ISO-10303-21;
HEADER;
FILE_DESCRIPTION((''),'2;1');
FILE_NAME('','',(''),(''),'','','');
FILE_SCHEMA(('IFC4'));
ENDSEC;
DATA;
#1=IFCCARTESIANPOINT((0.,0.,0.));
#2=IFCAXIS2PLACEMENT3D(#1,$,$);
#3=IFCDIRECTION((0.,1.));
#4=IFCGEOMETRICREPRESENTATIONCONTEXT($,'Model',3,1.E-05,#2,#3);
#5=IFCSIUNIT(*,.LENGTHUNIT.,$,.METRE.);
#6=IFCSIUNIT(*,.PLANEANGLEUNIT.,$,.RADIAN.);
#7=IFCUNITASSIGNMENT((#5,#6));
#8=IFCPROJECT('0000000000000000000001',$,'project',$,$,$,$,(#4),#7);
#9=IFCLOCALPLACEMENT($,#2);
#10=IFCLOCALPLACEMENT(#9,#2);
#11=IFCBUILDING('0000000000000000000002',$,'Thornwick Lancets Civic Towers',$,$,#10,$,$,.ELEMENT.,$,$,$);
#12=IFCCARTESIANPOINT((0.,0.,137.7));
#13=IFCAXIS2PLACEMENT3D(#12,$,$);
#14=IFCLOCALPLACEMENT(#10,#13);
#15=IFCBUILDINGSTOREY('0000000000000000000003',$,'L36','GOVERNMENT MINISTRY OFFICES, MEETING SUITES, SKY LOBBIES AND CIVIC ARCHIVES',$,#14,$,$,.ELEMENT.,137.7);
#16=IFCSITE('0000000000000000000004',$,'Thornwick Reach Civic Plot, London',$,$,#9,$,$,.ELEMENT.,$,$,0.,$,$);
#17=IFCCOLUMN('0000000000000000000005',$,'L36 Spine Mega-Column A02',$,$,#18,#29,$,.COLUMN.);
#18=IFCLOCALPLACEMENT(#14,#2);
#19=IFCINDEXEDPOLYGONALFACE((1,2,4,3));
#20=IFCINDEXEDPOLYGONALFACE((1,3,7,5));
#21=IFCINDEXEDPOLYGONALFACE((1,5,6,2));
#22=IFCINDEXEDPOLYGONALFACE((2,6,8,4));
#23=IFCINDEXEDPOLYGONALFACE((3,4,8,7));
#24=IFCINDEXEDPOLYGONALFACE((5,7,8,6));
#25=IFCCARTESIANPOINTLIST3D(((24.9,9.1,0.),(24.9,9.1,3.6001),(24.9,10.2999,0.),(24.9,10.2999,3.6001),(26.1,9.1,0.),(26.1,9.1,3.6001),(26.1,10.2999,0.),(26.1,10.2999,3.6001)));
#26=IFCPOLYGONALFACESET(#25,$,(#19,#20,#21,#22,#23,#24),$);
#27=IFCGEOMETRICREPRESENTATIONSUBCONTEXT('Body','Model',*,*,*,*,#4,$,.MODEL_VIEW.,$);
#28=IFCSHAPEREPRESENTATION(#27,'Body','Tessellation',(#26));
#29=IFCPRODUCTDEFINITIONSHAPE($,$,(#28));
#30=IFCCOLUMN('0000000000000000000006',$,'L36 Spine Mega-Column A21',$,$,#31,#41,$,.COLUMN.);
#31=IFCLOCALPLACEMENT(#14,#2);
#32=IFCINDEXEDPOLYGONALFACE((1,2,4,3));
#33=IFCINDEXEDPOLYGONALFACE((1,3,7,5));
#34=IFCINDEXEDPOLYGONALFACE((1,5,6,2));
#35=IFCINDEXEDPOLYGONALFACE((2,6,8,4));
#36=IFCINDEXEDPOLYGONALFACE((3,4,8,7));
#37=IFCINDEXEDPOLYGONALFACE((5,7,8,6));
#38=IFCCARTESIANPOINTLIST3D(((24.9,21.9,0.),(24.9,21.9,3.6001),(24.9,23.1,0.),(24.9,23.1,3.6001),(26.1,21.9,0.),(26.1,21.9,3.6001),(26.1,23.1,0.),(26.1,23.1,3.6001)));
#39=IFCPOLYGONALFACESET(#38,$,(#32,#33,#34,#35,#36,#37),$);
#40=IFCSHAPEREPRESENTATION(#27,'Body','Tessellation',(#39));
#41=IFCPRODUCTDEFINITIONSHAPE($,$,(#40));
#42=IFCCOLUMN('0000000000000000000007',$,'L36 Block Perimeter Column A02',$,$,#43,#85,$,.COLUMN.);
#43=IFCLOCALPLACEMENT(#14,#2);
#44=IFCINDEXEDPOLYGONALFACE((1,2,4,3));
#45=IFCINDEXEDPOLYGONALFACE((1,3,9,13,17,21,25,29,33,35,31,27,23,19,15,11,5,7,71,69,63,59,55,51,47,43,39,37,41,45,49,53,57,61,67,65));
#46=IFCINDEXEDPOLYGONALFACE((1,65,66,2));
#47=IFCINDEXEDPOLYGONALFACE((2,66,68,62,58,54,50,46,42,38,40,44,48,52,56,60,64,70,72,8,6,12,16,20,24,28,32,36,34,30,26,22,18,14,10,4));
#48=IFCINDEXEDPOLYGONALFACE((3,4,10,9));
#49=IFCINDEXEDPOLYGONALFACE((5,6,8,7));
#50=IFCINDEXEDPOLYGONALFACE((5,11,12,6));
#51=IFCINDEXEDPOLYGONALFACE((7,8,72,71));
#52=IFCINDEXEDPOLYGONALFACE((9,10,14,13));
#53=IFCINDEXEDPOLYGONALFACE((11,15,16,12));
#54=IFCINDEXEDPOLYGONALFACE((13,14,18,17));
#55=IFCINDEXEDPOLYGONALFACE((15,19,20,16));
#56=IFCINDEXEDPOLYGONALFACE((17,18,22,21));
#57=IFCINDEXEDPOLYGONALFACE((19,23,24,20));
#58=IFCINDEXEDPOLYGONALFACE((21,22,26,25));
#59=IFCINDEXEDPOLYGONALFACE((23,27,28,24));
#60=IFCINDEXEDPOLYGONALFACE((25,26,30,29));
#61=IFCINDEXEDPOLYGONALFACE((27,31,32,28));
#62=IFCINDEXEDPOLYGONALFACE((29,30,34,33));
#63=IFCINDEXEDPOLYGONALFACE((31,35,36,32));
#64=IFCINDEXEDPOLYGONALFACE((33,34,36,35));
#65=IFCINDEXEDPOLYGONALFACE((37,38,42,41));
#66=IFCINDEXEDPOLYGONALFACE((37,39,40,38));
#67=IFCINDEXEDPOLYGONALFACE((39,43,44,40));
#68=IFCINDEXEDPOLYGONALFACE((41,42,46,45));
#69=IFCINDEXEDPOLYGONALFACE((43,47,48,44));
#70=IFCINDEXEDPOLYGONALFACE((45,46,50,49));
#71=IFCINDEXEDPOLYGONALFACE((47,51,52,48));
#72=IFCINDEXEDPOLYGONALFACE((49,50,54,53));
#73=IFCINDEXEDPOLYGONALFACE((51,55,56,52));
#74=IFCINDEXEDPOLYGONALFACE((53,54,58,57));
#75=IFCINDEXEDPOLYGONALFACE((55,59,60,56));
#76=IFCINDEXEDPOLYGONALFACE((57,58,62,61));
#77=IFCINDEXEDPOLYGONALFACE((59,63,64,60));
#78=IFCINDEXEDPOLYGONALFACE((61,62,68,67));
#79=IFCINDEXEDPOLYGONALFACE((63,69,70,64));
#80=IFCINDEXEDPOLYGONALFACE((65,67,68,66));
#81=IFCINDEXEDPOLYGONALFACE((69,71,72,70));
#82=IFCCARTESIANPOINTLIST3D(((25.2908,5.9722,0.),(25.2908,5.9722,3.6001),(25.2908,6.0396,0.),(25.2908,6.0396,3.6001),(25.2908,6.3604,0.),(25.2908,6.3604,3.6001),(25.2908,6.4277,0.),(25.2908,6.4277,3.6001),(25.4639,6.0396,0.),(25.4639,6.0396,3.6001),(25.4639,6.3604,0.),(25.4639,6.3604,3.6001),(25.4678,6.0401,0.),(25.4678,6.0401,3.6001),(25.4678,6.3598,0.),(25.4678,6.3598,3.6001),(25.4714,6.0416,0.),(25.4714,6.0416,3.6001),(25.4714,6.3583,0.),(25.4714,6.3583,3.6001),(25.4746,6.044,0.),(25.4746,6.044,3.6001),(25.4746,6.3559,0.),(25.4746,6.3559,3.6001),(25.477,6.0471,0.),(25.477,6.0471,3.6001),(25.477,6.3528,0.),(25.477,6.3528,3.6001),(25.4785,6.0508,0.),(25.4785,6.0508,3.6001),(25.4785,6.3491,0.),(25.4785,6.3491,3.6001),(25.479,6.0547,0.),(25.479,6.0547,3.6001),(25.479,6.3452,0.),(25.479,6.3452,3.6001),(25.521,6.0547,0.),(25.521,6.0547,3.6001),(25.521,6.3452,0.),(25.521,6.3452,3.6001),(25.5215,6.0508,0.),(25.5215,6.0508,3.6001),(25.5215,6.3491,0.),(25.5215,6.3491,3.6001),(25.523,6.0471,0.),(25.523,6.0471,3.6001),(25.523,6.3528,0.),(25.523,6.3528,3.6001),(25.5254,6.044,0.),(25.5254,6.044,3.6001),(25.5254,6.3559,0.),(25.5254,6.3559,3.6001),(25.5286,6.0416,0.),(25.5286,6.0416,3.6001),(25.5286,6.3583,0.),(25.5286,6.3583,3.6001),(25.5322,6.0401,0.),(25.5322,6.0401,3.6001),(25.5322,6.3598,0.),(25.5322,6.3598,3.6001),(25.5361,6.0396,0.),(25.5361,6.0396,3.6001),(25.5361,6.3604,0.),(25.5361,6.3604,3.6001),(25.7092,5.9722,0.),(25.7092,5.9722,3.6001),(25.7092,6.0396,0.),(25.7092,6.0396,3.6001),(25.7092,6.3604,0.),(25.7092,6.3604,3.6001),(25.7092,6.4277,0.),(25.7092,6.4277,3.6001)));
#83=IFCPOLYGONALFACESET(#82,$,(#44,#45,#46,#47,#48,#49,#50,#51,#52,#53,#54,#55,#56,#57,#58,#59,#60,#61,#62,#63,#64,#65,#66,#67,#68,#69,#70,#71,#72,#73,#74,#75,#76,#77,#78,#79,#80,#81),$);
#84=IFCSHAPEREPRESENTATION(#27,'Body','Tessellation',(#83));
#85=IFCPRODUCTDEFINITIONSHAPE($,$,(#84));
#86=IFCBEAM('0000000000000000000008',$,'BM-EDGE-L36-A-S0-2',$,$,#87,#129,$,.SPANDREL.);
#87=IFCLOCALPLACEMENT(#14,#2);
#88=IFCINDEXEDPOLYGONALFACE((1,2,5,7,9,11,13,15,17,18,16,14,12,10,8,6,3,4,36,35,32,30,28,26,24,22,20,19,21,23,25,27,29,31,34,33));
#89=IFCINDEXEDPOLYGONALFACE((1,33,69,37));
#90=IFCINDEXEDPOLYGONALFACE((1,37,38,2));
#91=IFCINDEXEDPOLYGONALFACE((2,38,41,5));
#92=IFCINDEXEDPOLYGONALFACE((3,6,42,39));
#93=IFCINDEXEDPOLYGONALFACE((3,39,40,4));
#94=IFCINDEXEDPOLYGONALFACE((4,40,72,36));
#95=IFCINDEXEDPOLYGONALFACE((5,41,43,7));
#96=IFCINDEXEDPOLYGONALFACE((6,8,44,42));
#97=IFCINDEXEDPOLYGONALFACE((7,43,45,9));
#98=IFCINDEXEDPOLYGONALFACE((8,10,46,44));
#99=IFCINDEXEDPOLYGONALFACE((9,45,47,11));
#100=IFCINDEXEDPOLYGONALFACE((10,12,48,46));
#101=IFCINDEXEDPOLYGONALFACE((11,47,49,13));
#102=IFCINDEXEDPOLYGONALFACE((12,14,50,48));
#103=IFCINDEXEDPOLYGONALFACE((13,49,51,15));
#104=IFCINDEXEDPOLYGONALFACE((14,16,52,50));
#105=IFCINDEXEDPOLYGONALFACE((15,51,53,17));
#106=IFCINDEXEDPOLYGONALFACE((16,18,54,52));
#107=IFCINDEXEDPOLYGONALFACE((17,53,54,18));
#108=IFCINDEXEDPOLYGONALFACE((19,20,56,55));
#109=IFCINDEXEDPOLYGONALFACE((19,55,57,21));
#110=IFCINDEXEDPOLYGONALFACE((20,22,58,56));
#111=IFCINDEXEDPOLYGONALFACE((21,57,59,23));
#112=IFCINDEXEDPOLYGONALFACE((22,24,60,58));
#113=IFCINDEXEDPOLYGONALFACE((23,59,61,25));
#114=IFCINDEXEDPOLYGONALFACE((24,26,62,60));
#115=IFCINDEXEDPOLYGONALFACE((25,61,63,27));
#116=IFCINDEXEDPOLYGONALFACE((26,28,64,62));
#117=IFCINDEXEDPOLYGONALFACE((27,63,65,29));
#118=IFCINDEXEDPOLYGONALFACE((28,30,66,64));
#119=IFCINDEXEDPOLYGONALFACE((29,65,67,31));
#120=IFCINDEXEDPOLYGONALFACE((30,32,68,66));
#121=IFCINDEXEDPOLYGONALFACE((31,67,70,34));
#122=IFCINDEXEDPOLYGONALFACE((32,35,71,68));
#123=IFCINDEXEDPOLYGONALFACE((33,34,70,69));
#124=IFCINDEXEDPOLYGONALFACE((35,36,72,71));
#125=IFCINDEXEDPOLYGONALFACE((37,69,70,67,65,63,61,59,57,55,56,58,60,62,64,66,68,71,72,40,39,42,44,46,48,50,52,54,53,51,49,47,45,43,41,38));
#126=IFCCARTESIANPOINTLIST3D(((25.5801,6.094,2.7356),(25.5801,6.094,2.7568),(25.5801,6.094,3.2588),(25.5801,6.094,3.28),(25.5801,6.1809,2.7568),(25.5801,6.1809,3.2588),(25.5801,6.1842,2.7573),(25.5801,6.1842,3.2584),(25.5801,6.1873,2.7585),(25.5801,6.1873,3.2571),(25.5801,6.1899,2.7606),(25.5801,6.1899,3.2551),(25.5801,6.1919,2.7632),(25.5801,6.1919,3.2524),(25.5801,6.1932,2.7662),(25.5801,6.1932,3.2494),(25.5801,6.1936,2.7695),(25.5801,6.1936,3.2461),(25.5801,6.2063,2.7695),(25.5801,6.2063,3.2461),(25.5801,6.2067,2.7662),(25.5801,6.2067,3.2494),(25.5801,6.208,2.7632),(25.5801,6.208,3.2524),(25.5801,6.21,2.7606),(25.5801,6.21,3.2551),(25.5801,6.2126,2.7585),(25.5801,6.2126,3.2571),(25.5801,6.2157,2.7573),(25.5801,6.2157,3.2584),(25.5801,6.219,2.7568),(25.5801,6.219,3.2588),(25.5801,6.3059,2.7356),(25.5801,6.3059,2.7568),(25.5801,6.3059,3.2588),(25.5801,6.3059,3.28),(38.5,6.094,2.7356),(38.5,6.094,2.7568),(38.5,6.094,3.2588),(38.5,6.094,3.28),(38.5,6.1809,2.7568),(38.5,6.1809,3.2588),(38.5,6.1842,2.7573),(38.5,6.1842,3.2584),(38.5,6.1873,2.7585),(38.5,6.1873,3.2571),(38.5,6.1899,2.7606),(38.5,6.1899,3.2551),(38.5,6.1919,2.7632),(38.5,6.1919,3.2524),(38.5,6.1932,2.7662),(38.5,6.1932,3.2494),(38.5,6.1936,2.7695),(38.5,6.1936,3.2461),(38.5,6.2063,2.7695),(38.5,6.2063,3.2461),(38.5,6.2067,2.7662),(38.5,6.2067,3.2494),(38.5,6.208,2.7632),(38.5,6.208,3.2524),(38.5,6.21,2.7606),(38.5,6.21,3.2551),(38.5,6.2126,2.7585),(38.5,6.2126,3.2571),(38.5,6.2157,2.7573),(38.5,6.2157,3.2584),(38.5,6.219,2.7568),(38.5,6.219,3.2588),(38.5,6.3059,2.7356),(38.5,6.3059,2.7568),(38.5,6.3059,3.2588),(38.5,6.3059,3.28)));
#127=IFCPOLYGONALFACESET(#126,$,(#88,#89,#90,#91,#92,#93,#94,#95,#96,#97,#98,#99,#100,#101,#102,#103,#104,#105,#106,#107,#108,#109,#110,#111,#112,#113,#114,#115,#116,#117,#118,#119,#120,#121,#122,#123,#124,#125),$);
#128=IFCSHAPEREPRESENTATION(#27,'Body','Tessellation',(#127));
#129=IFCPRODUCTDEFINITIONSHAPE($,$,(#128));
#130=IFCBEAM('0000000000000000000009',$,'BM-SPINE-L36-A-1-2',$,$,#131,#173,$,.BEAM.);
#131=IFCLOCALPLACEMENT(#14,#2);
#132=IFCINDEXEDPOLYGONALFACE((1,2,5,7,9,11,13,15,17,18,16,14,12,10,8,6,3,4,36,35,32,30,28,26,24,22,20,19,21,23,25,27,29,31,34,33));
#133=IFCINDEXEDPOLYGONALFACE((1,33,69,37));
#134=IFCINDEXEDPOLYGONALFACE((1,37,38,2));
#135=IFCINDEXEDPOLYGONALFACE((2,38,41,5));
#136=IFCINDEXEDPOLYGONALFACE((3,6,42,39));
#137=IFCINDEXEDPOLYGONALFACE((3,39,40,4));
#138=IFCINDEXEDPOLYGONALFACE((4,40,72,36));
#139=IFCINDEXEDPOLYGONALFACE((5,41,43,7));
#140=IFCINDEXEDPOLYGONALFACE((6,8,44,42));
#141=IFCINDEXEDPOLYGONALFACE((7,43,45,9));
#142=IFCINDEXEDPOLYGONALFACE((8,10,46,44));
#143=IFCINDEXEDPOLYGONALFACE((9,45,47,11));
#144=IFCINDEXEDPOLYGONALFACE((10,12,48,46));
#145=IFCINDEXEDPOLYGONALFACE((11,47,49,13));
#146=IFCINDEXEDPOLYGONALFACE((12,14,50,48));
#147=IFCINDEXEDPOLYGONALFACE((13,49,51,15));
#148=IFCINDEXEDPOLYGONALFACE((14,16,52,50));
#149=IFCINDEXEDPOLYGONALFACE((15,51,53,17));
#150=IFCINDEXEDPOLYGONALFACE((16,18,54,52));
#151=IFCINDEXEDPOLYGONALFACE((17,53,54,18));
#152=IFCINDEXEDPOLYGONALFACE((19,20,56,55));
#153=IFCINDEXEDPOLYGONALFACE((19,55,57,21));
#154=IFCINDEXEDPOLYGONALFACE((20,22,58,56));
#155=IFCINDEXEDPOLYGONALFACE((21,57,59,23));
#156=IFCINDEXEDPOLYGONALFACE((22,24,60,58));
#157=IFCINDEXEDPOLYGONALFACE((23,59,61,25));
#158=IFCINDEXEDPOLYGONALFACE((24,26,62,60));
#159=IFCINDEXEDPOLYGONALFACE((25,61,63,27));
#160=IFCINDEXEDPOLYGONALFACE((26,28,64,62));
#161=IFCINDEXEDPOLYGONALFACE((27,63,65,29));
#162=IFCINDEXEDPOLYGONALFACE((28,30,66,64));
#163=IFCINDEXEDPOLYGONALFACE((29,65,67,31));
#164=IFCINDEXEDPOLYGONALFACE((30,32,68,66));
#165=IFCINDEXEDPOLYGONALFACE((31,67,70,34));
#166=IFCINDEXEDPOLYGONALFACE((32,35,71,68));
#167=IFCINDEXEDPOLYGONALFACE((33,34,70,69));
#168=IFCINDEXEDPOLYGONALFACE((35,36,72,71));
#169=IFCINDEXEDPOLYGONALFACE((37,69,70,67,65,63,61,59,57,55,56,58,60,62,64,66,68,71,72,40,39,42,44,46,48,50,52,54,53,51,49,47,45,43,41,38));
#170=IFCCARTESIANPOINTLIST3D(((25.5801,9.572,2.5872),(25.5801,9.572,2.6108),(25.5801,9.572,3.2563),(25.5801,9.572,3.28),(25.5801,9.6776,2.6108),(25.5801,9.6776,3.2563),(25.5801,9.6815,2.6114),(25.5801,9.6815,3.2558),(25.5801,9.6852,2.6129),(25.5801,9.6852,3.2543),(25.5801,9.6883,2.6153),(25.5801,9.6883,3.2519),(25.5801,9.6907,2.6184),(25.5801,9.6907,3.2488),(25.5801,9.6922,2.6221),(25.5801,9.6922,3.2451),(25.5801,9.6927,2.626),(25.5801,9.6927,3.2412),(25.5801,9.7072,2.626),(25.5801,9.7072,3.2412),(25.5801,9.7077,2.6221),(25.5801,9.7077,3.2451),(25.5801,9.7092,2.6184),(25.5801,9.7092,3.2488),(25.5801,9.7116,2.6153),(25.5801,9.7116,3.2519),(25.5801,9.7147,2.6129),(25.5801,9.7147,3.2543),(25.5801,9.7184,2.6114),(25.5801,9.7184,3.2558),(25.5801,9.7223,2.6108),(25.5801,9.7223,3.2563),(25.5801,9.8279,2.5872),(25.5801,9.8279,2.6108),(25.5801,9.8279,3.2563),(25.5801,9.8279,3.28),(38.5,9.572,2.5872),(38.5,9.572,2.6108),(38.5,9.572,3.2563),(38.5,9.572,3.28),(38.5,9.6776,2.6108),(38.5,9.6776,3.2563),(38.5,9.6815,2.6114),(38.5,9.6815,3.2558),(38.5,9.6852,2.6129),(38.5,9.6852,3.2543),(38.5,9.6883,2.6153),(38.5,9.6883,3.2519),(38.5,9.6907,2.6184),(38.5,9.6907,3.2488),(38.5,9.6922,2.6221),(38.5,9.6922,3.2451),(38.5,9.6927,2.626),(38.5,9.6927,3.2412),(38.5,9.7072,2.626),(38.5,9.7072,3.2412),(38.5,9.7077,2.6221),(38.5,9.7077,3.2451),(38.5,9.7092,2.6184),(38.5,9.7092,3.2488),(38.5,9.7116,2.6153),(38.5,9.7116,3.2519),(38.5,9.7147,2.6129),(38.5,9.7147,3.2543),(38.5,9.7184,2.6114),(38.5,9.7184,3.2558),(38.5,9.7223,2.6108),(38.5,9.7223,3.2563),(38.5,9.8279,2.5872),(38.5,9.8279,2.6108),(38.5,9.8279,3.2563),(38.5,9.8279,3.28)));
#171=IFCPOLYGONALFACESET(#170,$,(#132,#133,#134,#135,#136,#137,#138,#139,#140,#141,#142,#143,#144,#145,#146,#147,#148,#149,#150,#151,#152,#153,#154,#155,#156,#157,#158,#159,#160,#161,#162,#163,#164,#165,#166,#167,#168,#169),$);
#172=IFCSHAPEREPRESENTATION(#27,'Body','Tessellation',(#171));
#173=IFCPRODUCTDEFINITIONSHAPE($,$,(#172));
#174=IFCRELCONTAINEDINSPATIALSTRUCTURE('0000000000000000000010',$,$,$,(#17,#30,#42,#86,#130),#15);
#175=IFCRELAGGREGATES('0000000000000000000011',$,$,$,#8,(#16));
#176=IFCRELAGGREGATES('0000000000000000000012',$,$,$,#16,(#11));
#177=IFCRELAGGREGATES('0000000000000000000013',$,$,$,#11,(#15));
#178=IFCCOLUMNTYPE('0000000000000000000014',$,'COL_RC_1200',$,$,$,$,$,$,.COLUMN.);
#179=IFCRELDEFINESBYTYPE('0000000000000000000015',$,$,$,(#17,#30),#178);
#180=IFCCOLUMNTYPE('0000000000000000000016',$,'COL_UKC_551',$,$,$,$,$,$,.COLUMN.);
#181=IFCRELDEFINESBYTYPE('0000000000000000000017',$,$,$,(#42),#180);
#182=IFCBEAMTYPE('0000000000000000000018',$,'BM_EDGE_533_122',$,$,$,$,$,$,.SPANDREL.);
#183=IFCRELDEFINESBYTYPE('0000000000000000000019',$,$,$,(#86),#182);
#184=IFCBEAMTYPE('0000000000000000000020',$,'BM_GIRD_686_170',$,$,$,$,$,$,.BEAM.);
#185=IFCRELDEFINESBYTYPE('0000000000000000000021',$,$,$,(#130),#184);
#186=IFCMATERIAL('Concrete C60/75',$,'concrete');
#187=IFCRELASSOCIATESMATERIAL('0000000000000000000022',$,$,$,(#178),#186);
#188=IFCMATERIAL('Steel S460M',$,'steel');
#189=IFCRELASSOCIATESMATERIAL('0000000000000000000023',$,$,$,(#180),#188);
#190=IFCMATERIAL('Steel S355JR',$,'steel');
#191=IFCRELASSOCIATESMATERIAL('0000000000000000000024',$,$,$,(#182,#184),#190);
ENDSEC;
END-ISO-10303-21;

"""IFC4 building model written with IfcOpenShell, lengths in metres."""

from ifc_helpers import new_model, si_unit, direction, frame, origin, origin_2d, place, context, subcontext, project, spatial, rectangle, i_section, extrude, material, material_profile, profile_set, type_object, element, save


model = new_model("IFC4")

# Units and contexts
model_context = context("Model", 3, precision=1e-05, world=origin(), true_north=direction((0.0, 1.0)))
body_context = subcontext(model_context, "Body", "Model", "MODEL_VIEW")
ifc_project = project(units=[si_unit("LENGTHUNIT", "METRE"), si_unit("PLANEANGLEUNIT", "RADIAN")], contexts=[model_context])

# Site, building, storey
site_placement = place(None, origin())
site = spatial("IfcSite", under=ifc_project, at=site_placement, Name="Thornwick Reach Civic Plot, London", CompositionType="ELEMENT", RefElevation=0.0)
building_placement = place(site_placement, origin())
building = spatial("IfcBuilding", under=site, at=building_placement, Name="Thornwick Lancets Civic Towers", CompositionType="ELEMENT")
storey_placement = place(building_placement, frame((0.0, 0.0, 137.7)))
storey = spatial("IfcBuildingStorey", under=building, at=storey_placement, Name="L36", Description="GOVERNMENT MINISTRY OFFICES, MEETING SUITES, SKY LOBBIES AND CIVIC ARCHIVES", CompositionType="ELEMENT", Elevation=137.7)

# Columns
ifc_material_1 = material(Name="Concrete C60/75", Category="concrete")
ifc_material_profile_1 = material_profile(ifc_material_1, rectangle(XDim=1.2, YDim=1.2, at=origin_2d()), Name="RC 1200x1200")
ifc_profile_set_1 = profile_set([ifc_material_profile_1], Name="Concrete C60/75")
column_type_1 = type_object("IfcColumnType", Name="COL_RC_1200", PredefinedType="COLUMN", material=ifc_profile_set_1)
for number, where, z_axis, x_axis, name in (
    (1, (25.5, 9.7, 0.0), (0.0, 0.0, 1.0), (1.0, 0.0, 0.0), "L36 Spine Mega-Column A02"),
    (2, (25.5, 22.5, 0.0), (0.0, 0.0, 1.0), (1.0, 0.0, 0.0), "L36 Spine Mega-Column A21"),
):
    element("IfcColumn", number, at=place(storey_placement, frame(where, z_axis=z_axis, x_axis=x_axis)), inside=storey, type_object=column_type_1, Name=name, PredefinedType="COLUMN", context=body_context, shape_type="SweptSolid", body=[
        extrude(rectangle(XDim=1.2, YDim=1.2, at=origin_2d()), origin(), (0.0, 0.0, 1.0), 3.6001),
    ])
ifc_material_2 = material(Name="Steel S460M", Category="steel")
ifc_material_profile_2 = material_profile(ifc_material_2, i_section(OverallWidth=0.4185, OverallDepth=0.4556, WebThickness=0.042, FlangeThickness=0.0674, FilletRadius=0.0151, at=origin_2d()), Name="UKC 356x406x551")
ifc_profile_set_2 = profile_set([ifc_material_profile_2], Name="Steel S460M")
column_type_2 = type_object("IfcColumnType", Name="COL_UKC_551", PredefinedType="COLUMN", material=ifc_profile_set_2)
column_placement = place(storey_placement, frame((25.5, 6.2, 0.0), z_axis=(0.0, 0.0, 1.0), x_axis=(1.0, 0.0, 0.0)))
element("IfcColumn", 3, at=column_placement, inside=storey, type_object=column_type_2, Name="L36 Block Perimeter Column A02", PredefinedType="COLUMN", context=body_context, shape_type="SweptSolid", body=[
    extrude(i_section(OverallWidth=0.4185, OverallDepth=0.4556, WebThickness=0.042, FlangeThickness=0.0674, FilletRadius=0.0151, at=origin_2d()), origin(), (0.0, 0.0, 1.0), 3.6001),
])

# Beams
ifc_material_3 = material(Name="Steel S355JR", Category="steel")
ifc_material_profile_3 = material_profile(ifc_material_3, i_section(OverallWidth=0.2119, OverallDepth=0.5444, WebThickness=0.0127, FlangeThickness=0.0212, FilletRadius=0.0127, at=origin_2d()), Name="UKB 533x210x122")
ifc_profile_set_3 = profile_set([ifc_material_profile_3], Name="Steel S355JR")
beam_type_1 = type_object("IfcBeamType", Name="BM_EDGE_533_122", PredefinedType="SPANDREL", material=ifc_profile_set_3)
beam_1_placement = place(storey_placement, frame((25.5801, 6.2, 3.0078), z_axis=(1.0, 0.0, 0.0), x_axis=(0.0, 1.0, 0.0)))
element("IfcBeam", 4, at=beam_1_placement, inside=storey, type_object=beam_type_1, Name="BM-EDGE-L36-A-S0-2", PredefinedType="SPANDREL", context=body_context, shape_type="SweptSolid", body=[
    extrude(i_section(OverallWidth=0.2119, OverallDepth=0.5444, WebThickness=0.0127, FlangeThickness=0.0212, FilletRadius=0.0127, at=origin_2d()), origin(), (0.0, 0.0, 1.0), 12.9199),
])
ifc_material_profile_4 = material_profile(ifc_material_3, i_section(OverallWidth=0.2559, OverallDepth=0.6929, WebThickness=0.0144, FlangeThickness=0.0237, FilletRadius=0.0151, at=origin_2d()), Name="UKB 686x254x170")
ifc_profile_set_4 = profile_set([ifc_material_profile_4], Name="Steel S355JR")
beam_type_2 = type_object("IfcBeamType", Name="BM_GIRD_686_170", PredefinedType="BEAM", material=ifc_profile_set_4)
beam_2_placement = place(storey_placement, frame((25.5801, 9.7, 2.9336), z_axis=(1.0, 0.0, 0.0), x_axis=(0.0, 1.0, 0.0)))
element("IfcBeam", 5, at=beam_2_placement, inside=storey, type_object=beam_type_2, Name="BM-SPINE-L36-A-1-2", PredefinedType="BEAM", context=body_context, shape_type="SweptSolid", body=[
    extrude(i_section(OverallWidth=0.2559, OverallDepth=0.6929, WebThickness=0.0144, FlangeThickness=0.0237, FilletRadius=0.0151, at=origin_2d()), origin(), (0.0, 0.0, 1.0), 12.9199),
])

save(model, "model.ifc")
